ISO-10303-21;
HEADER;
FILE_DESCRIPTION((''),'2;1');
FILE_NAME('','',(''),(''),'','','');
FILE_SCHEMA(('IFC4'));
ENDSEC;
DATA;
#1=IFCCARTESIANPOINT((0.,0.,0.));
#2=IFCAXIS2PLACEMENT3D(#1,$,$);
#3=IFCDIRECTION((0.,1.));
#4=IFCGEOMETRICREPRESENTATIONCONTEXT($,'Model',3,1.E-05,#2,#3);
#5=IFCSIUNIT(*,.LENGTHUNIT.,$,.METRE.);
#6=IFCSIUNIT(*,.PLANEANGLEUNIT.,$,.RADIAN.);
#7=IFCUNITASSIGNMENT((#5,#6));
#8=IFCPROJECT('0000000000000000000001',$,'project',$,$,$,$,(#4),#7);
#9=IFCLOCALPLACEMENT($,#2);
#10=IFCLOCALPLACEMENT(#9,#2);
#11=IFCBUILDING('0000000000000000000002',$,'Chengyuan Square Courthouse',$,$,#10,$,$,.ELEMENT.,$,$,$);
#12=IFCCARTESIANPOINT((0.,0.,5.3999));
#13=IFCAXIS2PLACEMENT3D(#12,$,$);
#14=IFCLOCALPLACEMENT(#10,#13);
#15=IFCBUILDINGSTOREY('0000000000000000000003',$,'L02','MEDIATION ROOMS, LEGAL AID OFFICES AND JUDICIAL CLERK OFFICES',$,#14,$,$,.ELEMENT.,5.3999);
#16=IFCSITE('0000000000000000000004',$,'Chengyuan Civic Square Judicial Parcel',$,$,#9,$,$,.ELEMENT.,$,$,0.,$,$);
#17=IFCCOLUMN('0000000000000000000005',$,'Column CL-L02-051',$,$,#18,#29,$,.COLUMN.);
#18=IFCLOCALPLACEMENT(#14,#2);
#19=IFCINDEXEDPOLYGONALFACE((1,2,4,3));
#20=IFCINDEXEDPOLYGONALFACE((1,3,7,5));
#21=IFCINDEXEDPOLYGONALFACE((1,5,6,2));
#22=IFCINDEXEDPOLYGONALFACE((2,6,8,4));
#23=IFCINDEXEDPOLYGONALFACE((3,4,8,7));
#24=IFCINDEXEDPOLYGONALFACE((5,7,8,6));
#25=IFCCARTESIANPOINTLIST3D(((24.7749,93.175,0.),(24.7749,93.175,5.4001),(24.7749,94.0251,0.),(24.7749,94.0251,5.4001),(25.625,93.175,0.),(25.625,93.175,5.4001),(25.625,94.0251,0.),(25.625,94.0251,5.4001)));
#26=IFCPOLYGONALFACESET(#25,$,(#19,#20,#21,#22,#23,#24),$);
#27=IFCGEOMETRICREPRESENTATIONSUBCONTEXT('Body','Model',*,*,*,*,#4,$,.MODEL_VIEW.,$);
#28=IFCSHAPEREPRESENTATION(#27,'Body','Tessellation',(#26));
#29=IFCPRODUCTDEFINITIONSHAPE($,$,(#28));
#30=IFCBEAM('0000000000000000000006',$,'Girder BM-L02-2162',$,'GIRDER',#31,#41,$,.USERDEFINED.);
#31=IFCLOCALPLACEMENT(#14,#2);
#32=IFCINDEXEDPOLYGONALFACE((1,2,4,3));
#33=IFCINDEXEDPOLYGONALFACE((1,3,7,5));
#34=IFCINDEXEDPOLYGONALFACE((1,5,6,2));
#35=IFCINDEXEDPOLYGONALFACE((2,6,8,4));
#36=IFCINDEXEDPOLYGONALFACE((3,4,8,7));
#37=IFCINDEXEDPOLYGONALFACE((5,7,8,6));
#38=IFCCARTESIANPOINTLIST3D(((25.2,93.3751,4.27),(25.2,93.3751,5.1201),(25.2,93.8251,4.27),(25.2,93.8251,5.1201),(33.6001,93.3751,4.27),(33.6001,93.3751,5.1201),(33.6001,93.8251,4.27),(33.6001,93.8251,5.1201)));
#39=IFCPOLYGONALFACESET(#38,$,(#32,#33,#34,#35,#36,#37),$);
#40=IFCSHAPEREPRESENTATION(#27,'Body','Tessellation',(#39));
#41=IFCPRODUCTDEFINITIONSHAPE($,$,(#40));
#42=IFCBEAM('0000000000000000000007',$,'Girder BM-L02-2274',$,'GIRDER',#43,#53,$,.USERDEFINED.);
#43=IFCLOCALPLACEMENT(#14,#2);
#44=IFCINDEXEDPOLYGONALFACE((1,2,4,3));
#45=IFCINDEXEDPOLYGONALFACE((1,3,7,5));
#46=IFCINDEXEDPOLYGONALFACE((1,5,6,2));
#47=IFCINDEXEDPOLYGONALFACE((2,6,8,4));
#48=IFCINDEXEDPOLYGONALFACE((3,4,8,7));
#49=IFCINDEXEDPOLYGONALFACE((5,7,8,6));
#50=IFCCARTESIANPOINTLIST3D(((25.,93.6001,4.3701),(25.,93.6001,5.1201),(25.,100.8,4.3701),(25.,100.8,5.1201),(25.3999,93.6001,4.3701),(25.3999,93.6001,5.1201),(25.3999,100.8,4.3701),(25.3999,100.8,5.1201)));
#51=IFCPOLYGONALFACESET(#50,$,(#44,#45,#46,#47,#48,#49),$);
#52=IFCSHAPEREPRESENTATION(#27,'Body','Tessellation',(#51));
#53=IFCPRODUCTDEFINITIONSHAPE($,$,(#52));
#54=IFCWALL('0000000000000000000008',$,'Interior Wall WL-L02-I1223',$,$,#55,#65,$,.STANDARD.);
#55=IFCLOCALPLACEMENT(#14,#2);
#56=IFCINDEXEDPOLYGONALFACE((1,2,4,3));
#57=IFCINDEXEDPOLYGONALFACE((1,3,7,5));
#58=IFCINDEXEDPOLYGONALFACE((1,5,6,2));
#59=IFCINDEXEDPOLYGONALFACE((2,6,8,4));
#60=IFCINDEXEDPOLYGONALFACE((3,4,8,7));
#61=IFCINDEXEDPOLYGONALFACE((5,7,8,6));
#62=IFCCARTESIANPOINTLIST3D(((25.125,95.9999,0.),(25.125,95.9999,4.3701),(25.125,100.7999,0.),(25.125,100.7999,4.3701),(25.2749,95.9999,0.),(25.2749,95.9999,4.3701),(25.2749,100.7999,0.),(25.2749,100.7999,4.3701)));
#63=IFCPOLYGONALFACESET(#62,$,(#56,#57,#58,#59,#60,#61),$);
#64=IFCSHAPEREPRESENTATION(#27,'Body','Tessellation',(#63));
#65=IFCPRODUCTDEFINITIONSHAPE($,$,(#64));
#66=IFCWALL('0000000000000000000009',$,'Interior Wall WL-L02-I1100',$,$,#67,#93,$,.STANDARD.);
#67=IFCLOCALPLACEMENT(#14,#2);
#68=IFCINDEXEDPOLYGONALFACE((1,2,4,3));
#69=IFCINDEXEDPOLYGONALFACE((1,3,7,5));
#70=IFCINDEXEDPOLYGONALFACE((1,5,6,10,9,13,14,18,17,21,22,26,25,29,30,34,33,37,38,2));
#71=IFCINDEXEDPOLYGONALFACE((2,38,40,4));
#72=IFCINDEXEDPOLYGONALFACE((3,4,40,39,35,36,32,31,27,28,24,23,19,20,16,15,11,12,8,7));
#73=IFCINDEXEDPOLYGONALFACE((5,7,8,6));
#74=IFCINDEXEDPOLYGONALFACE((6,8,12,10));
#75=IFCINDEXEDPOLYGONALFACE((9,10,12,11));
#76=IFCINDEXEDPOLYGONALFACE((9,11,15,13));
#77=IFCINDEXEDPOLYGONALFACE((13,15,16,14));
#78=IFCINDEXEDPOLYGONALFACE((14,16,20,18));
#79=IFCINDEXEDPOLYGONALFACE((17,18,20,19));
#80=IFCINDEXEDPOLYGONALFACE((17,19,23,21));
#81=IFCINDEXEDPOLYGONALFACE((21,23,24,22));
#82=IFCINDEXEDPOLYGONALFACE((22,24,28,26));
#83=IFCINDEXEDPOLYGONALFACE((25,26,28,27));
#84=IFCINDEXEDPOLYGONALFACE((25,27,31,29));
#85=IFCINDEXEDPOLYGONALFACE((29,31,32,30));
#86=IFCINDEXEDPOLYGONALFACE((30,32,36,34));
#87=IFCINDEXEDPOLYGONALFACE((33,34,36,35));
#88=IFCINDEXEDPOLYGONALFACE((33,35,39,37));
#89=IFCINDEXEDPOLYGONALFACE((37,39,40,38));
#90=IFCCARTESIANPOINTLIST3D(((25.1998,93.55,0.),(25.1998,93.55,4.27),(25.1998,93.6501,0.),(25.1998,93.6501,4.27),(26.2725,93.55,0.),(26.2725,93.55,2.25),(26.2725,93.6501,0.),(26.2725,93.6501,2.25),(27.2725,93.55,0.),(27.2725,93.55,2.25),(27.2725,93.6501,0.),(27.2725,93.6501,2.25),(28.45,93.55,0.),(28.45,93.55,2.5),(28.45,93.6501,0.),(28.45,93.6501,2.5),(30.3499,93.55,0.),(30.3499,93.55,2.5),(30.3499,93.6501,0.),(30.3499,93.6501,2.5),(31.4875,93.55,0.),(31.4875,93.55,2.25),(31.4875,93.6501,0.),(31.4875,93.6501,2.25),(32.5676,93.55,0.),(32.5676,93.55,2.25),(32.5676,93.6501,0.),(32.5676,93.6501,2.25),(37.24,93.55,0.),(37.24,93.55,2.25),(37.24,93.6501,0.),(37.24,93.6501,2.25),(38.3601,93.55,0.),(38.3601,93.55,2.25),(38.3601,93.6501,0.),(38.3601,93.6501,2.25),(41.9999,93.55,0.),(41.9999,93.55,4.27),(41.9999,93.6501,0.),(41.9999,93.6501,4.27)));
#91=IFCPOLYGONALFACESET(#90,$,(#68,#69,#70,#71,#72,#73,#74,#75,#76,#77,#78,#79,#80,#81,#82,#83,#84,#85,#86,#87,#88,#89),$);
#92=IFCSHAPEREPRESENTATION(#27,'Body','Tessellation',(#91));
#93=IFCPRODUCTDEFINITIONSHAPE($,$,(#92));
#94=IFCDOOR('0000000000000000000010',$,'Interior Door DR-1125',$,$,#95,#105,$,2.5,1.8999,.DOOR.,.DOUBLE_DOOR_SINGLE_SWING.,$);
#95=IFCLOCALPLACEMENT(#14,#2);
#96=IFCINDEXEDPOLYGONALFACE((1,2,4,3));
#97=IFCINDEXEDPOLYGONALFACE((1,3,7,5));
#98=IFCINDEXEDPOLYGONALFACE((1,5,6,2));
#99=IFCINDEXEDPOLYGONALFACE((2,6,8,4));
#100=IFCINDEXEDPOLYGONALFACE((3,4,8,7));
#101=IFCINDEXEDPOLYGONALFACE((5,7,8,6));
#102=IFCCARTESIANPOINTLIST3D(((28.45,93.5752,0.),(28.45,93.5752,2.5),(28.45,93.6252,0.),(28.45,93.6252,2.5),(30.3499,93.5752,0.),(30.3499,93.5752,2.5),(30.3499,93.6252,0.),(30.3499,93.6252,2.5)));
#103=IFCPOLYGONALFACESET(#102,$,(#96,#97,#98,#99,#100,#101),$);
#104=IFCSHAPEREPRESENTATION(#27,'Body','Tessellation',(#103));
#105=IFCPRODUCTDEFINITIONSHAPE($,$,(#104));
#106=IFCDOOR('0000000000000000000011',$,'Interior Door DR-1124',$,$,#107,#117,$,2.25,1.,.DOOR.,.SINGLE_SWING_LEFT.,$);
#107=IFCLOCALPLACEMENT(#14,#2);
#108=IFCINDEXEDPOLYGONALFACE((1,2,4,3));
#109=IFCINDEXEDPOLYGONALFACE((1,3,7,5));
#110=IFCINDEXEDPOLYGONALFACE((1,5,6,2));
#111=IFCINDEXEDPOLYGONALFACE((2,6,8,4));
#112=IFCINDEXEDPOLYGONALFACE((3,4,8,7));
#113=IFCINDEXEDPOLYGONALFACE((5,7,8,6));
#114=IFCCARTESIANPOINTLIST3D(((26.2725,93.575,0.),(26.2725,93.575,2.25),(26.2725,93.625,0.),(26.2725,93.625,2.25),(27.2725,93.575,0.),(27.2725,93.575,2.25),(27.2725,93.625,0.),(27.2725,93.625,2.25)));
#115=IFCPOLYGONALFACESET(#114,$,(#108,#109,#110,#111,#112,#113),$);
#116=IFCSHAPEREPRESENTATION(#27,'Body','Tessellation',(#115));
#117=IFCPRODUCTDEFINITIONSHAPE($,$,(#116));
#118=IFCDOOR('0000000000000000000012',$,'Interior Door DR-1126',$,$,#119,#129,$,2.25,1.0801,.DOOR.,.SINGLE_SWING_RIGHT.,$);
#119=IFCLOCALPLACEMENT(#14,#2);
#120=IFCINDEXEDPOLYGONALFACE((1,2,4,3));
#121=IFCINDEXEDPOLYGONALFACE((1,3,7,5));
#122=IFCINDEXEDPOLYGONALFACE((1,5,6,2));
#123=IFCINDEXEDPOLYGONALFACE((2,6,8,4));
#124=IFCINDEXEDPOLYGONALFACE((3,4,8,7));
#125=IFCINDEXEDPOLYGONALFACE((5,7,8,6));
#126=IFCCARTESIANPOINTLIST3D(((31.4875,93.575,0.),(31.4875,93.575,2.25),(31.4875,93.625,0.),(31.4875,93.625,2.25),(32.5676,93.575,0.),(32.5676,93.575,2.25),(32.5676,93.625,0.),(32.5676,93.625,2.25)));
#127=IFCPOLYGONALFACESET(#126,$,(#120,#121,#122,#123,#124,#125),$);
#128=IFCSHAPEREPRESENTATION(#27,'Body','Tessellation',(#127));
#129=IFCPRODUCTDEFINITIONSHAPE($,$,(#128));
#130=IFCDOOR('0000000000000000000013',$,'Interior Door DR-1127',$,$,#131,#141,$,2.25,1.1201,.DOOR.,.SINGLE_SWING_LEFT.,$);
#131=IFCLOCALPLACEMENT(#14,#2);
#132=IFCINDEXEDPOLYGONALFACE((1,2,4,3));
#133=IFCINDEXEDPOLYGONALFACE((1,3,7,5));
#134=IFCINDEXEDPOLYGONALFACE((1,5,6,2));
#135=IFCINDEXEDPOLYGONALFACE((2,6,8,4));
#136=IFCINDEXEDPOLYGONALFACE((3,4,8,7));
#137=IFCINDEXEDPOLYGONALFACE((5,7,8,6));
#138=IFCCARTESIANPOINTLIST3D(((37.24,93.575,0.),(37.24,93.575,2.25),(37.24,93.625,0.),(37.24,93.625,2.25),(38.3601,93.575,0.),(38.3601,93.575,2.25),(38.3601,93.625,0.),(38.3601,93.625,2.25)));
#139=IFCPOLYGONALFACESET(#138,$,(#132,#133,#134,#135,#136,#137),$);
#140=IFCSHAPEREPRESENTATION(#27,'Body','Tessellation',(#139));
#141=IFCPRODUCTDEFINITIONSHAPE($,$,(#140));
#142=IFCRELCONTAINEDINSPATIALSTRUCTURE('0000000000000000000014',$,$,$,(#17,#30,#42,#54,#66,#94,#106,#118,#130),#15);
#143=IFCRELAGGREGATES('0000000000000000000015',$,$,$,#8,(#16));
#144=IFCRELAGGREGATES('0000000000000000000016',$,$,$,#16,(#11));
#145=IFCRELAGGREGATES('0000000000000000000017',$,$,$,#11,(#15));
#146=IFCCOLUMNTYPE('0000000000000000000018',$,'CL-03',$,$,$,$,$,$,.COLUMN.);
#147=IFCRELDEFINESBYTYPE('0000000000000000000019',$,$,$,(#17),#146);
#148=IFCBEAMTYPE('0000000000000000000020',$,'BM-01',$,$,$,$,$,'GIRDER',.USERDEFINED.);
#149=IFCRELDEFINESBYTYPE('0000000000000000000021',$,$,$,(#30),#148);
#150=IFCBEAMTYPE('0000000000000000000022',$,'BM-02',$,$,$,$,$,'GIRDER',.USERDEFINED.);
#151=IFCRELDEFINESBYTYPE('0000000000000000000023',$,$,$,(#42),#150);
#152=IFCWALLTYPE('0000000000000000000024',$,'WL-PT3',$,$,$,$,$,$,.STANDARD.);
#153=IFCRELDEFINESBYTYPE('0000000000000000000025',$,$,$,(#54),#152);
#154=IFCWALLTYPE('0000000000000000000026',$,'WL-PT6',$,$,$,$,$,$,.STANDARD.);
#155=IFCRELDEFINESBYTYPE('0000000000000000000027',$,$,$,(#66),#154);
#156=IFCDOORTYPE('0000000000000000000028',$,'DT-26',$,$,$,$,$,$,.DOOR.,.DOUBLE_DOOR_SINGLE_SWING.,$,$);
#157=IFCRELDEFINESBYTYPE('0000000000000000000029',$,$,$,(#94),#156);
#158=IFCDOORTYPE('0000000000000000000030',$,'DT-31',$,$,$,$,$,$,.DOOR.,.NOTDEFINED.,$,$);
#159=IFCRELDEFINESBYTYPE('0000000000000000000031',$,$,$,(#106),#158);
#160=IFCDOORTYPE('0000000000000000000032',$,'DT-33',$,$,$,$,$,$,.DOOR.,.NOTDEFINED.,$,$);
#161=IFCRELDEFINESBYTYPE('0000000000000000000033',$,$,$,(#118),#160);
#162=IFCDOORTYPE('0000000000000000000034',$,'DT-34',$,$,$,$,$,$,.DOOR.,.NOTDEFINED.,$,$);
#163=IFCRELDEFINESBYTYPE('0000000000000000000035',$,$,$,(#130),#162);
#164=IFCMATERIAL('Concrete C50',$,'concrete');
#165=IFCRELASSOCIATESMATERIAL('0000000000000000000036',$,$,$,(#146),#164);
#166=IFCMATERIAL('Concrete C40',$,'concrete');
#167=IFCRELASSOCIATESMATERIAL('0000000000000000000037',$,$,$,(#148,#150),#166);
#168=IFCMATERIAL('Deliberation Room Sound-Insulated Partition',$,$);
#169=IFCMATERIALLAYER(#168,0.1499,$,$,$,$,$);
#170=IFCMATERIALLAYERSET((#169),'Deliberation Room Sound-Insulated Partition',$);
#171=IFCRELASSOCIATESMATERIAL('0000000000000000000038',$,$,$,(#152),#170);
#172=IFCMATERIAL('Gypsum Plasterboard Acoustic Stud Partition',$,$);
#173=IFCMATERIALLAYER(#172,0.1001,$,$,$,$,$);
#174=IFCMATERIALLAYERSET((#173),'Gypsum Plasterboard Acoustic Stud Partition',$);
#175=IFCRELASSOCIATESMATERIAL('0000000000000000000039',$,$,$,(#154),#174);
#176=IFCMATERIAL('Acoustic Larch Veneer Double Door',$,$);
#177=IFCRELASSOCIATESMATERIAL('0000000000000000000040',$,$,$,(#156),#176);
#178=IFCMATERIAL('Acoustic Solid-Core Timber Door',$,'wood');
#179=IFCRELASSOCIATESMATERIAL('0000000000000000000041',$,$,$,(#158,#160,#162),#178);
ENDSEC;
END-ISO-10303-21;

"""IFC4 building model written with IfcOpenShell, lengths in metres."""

from ifc_helpers import new_model, si_unit, direction, frame, frame_2d, origin, origin_2d, place, context, subcontext, project, spatial, rectangle, extrude, material, layer, layer_set, material_profile, profile_set, type_object, element, fill, save


model = new_model("IFC4")

# Units and contexts
model_context = context("Model", 3, precision=1e-05, world=origin(), true_north=direction((0.0, 1.0)))
body_context = subcontext(model_context, "Body", "Model", "MODEL_VIEW")
ifc_project = project(units=[si_unit("LENGTHUNIT", "METRE"), si_unit("PLANEANGLEUNIT", "RADIAN")], contexts=[model_context])

# Site, building, storey
site_placement = place(None, origin())
site = spatial("IfcSite", under=ifc_project, at=site_placement, Name="Chengyuan Civic Square Judicial Parcel", CompositionType="ELEMENT", RefElevation=0.0)
building_placement = place(site_placement, origin())
building = spatial("IfcBuilding", under=site, at=building_placement, Name="Chengyuan Square Courthouse", CompositionType="ELEMENT")
storey_placement = place(building_placement, frame((0.0, 0.0, 5.3999)))
storey = spatial("IfcBuildingStorey", under=building, at=storey_placement, Name="L02", Description="MEDIATION ROOMS, LEGAL AID OFFICES AND JUDICIAL CLERK OFFICES", CompositionType="ELEMENT", Elevation=5.3999)

# Column
ifc_material_1 = material(Name="Concrete C50", Category="concrete")
ifc_material_profile_1 = material_profile(ifc_material_1, rectangle(XDim=0.8501, YDim=0.8501, at=origin_2d()), Name="RC-COL-850x850")
ifc_profile_set_1 = profile_set([ifc_material_profile_1], Name="Concrete C50")
column_type = type_object("IfcColumnType", Name="CL-03", PredefinedType="COLUMN", material=ifc_profile_set_1)
column_placement = place(storey_placement, frame((25.2, 93.6001, 0.0), z_axis=(0.0, 0.0, 1.0), x_axis=(1.0, 0.0, 0.0)))
element("IfcColumn", 1, at=column_placement, inside=storey, type_object=column_type, Name="Column CL-L02-051", PredefinedType="COLUMN", context=body_context, shape_type="SweptSolid", body=[
    extrude(rectangle(XDim=0.8501, YDim=0.8501, at=origin_2d()), origin(), (0.0, 0.0, 1.0), 5.4001),
])

# Beams
ifc_material_2 = material(Name="Concrete C40", Category="concrete")
ifc_material_profile_2 = material_profile(ifc_material_2, rectangle(XDim=0.45, YDim=0.8501, at=origin_2d()), Name="RC-BM-450x850")
ifc_profile_set_2 = profile_set([ifc_material_profile_2], Name="Concrete C40")
beam_type_1 = type_object("IfcBeamType", Name="BM-01", ElementType="GIRDER", PredefinedType="USERDEFINED", material=ifc_profile_set_2)
beam_1_placement = place(storey_placement, frame((25.2, 93.6001, 4.6951), z_axis=(1.0, 0.0, 0.0), x_axis=(0.0, 1.0, 0.0)))
element("IfcBeam", 2, at=beam_1_placement, inside=storey, type_object=beam_type_1, Name="Girder BM-L02-2162", ObjectType="GIRDER", PredefinedType="USERDEFINED", context=body_context, shape_type="SweptSolid", body=[
    extrude(rectangle(XDim=0.45, YDim=0.8501, at=origin_2d()), origin(), (0.0, 0.0, 1.0), 8.4001),
])
ifc_material_profile_3 = material_profile(ifc_material_2, rectangle(XDim=0.3999, YDim=0.75, at=origin_2d()), Name="RC-BM-400x750")
ifc_profile_set_3 = profile_set([ifc_material_profile_3], Name="Concrete C40")
beam_type_2 = type_object("IfcBeamType", Name="BM-02", ElementType="GIRDER", PredefinedType="USERDEFINED", material=ifc_profile_set_3)
beam_2_placement = place(storey_placement, frame((25.2, 93.6001, 4.7451), z_axis=(0.0, 1.0, 0.0), x_axis=(-1.0, 0.0, 0.0)))
element("IfcBeam", 3, at=beam_2_placement, inside=storey, type_object=beam_type_2, Name="Girder BM-L02-2274", ObjectType="GIRDER", PredefinedType="USERDEFINED", context=body_context, shape_type="SweptSolid", body=[
    extrude(rectangle(XDim=0.3999, YDim=0.75, at=origin_2d()), origin(), (0.0, 0.0, 1.0), 7.2),
])

# Wall
ifc_material_3 = material(Name="Deliberation Room Sound-Insulated Partition")
ifc_layer_1 = layer(ifc_material_3, 0.1499)
ifc_layer_set_1 = layer_set([ifc_layer_1], Name="Deliberation Room Sound-Insulated Partition")
wall_type_1 = type_object("IfcWallType", Name="WL-PT3", PredefinedType="STANDARD", material=ifc_layer_set_1)
wall_1_placement = place(storey_placement, frame((25.2, 96.0, 0.0), z_axis=(0.0, 0.0, 1.0), x_axis=(0.0, 1.0, 0.0)))
element("IfcWall", 4, at=wall_1_placement, inside=storey, type_object=wall_type_1, Name="Interior Wall WL-L02-I1223", PredefinedType="STANDARD", context=body_context, shape_type="SweptSolid", body=[
    extrude(rectangle(XDim=4.8, YDim=0.1499, at=frame_2d((2.3999, 0.0))), origin(), (0.0, 0.0, 1.0), 4.3701),
])

# Wall, openings, doors
ifc_material_4 = material(Name="Gypsum Plasterboard Acoustic Stud Partition")
ifc_layer_2 = layer(ifc_material_4, 0.1001)
ifc_layer_set_2 = layer_set([ifc_layer_2], Name="Gypsum Plasterboard Acoustic Stud Partition")
wall_type_2 = type_object("IfcWallType", Name="WL-PT6", PredefinedType="STANDARD", material=ifc_layer_set_2)
wall_2_placement = place(storey_placement, frame((25.2, 93.6001, 0.0), z_axis=(0.0, 0.0, 1.0), x_axis=(1.0, 0.0, 0.0)))
wall_2 = element("IfcWall", 5, at=wall_2_placement, inside=storey, type_object=wall_type_2, Name="Interior Wall WL-L02-I1100", PredefinedType="STANDARD", context=body_context, shape_type="SweptSolid", body=[
    extrude(rectangle(XDim=16.8, YDim=0.1001, at=frame_2d((8.3999, 0.0))), origin(), (0.0, 0.0, 1.0), 4.27),
])
opening_1_placement = place(wall_2_placement, frame((1.0725, 0.0, 0.0)))
opening_1 = element("IfcOpeningElement", 6, at=opening_1_placement, cuts=wall_2, PredefinedType="OPENING", context=body_context, shape_type="SweptSolid", body=[
    extrude(rectangle(XDim=1.0, YDim=2.25, at=frame_2d((0.5, 1.125))), frame((0.0, 0.062, 0.0), z_axis=(0.0, -1.0, 0.0), x_axis=(1.0, 0.0, 0.0)), (0.0, 0.0, 1.0), 0.124),
])
opening_2_placement = place(wall_2_placement, frame((3.25, 0.0, 0.0)))
opening_2 = element("IfcOpeningElement", 7, at=opening_2_placement, cuts=wall_2, PredefinedType="OPENING", context=body_context, shape_type="SweptSolid", body=[
    extrude(rectangle(XDim=1.8999, YDim=2.5, at=frame_2d((0.95, 1.25))), frame((0.0, 0.062, 0.0), z_axis=(0.0, -1.0, 0.0), x_axis=(1.0, 0.0, 0.0)), (0.0, 0.0, 1.0), 0.124),
])
opening_3_placement = place(wall_2_placement, frame((6.2876, 0.0, 0.0)))
opening_3 = element("IfcOpeningElement", 8, at=opening_3_placement, cuts=wall_2, PredefinedType="OPENING", context=body_context, shape_type="SweptSolid", body=[
    extrude(rectangle(XDim=1.0801, YDim=2.25, at=frame_2d((0.54, 1.125))), frame((0.0, 0.062, 0.0), z_axis=(0.0, -1.0, 0.0), x_axis=(1.0, 0.0, 0.0)), (0.0, 0.0, 1.0), 0.124),
])
opening_4_placement = place(wall_2_placement, frame((12.04, 0.0, 0.0)))
opening_4 = element("IfcOpeningElement", 9, at=opening_4_placement, cuts=wall_2, PredefinedType="OPENING", context=body_context, shape_type="SweptSolid", body=[
    extrude(rectangle(XDim=1.1201, YDim=2.25, at=frame_2d((0.5601, 1.125))), frame((0.0, 0.062, 0.0), z_axis=(0.0, -1.0, 0.0), x_axis=(1.0, 0.0, 0.0)), (0.0, 0.0, 1.0), 0.124),
])
ifc_material_5 = material(Name="Acoustic Larch Veneer Double Door")
door_type_1 = type_object("IfcDoorType", Name="DT-26", OperationType="DOUBLE_DOOR_SINGLE_SWING", PredefinedType="DOOR", material=ifc_material_5)
door_1_placement = place(opening_2_placement, frame((1.8999, 0.0, 0.0), z_axis=(0.0, 0.0, 1.0), x_axis=(-1.0, 0.0, 0.0)))
door_1 = element("IfcDoor", 10, at=door_1_placement, inside=storey, type_object=door_type_1, Name="Interior Door DR-1125", OperationType="DOUBLE_DOOR_SINGLE_SWING", OverallHeight=2.5, OverallWidth=1.8999, PredefinedType="DOOR", context=body_context, shape_type="SweptSolid", body=[
    extrude(rectangle(XDim=1.8999, YDim=2.5, at=frame_2d((0.95, 1.25))), frame((0.0, 0.0249, 0.0), z_axis=(0.0, -1.0, 0.0), x_axis=(1.0, 0.0, 0.0)), (0.0, 0.0, 1.0), 0.05),
])
fill(opening_2, door_1)
ifc_material_6 = material(Name="Acoustic Solid-Core Timber Door", Category="wood")
door_type_2 = type_object("IfcDoorType", Name="DT-31", OperationType="NOTDEFINED", PredefinedType="DOOR", material=ifc_material_6)
door_2_placement = place(opening_1_placement, origin())
door_2 = element("IfcDoor", 11, at=door_2_placement, inside=storey, type_object=door_type_2, Name="Interior Door DR-1124", OperationType="SINGLE_SWING_LEFT", OverallHeight=2.25, OverallWidth=1.0, PredefinedType="DOOR", context=body_context, shape_type="SweptSolid", body=[
    extrude(rectangle(XDim=1.0, YDim=2.25, at=frame_2d((0.5, 1.125))), frame((0.0, 0.0249, 0.0), z_axis=(0.0, -1.0, 0.0), x_axis=(1.0, 0.0, 0.0)), (0.0, 0.0, 1.0), 0.05),
])
fill(opening_1, door_2)
door_type_3 = type_object("IfcDoorType", Name="DT-33", OperationType="NOTDEFINED", PredefinedType="DOOR", material=ifc_material_6)
door_3_placement = place(opening_3_placement, origin())
door_3 = element("IfcDoor", 12, at=door_3_placement, inside=storey, type_object=door_type_3, Name="Interior Door DR-1126", OperationType="SINGLE_SWING_RIGHT", OverallHeight=2.25, OverallWidth=1.0801, PredefinedType="DOOR", context=body_context, shape_type="SweptSolid", body=[
    extrude(rectangle(XDim=1.0801, YDim=2.25, at=frame_2d((0.54, 1.125))), frame((0.0, 0.0249, 0.0), z_axis=(0.0, -1.0, 0.0), x_axis=(1.0, 0.0, 0.0)), (0.0, 0.0, 1.0), 0.05),
])
fill(opening_3, door_3)
door_type_4 = type_object("IfcDoorType", Name="DT-34", OperationType="NOTDEFINED", PredefinedType="DOOR", material=ifc_material_6)
door_4_placement = place(opening_4_placement, origin())
door_4 = element("IfcDoor", 13, at=door_4_placement, inside=storey, type_object=door_type_4, Name="Interior Door DR-1127", OperationType="SINGLE_SWING_LEFT", OverallHeight=2.25, OverallWidth=1.1201, PredefinedType="DOOR", context=body_context, shape_type="SweptSolid", body=[
    extrude(rectangle(XDim=1.1201, YDim=2.25, at=frame_2d((0.5601, 1.125))), frame((0.0, 0.0249, 0.0), z_axis=(0.0, -1.0, 0.0), x_axis=(1.0, 0.0, 0.0)), (0.0, 0.0, 1.0), 0.05),
])
fill(opening_4, door_4)

save(model, "model.ifc")
